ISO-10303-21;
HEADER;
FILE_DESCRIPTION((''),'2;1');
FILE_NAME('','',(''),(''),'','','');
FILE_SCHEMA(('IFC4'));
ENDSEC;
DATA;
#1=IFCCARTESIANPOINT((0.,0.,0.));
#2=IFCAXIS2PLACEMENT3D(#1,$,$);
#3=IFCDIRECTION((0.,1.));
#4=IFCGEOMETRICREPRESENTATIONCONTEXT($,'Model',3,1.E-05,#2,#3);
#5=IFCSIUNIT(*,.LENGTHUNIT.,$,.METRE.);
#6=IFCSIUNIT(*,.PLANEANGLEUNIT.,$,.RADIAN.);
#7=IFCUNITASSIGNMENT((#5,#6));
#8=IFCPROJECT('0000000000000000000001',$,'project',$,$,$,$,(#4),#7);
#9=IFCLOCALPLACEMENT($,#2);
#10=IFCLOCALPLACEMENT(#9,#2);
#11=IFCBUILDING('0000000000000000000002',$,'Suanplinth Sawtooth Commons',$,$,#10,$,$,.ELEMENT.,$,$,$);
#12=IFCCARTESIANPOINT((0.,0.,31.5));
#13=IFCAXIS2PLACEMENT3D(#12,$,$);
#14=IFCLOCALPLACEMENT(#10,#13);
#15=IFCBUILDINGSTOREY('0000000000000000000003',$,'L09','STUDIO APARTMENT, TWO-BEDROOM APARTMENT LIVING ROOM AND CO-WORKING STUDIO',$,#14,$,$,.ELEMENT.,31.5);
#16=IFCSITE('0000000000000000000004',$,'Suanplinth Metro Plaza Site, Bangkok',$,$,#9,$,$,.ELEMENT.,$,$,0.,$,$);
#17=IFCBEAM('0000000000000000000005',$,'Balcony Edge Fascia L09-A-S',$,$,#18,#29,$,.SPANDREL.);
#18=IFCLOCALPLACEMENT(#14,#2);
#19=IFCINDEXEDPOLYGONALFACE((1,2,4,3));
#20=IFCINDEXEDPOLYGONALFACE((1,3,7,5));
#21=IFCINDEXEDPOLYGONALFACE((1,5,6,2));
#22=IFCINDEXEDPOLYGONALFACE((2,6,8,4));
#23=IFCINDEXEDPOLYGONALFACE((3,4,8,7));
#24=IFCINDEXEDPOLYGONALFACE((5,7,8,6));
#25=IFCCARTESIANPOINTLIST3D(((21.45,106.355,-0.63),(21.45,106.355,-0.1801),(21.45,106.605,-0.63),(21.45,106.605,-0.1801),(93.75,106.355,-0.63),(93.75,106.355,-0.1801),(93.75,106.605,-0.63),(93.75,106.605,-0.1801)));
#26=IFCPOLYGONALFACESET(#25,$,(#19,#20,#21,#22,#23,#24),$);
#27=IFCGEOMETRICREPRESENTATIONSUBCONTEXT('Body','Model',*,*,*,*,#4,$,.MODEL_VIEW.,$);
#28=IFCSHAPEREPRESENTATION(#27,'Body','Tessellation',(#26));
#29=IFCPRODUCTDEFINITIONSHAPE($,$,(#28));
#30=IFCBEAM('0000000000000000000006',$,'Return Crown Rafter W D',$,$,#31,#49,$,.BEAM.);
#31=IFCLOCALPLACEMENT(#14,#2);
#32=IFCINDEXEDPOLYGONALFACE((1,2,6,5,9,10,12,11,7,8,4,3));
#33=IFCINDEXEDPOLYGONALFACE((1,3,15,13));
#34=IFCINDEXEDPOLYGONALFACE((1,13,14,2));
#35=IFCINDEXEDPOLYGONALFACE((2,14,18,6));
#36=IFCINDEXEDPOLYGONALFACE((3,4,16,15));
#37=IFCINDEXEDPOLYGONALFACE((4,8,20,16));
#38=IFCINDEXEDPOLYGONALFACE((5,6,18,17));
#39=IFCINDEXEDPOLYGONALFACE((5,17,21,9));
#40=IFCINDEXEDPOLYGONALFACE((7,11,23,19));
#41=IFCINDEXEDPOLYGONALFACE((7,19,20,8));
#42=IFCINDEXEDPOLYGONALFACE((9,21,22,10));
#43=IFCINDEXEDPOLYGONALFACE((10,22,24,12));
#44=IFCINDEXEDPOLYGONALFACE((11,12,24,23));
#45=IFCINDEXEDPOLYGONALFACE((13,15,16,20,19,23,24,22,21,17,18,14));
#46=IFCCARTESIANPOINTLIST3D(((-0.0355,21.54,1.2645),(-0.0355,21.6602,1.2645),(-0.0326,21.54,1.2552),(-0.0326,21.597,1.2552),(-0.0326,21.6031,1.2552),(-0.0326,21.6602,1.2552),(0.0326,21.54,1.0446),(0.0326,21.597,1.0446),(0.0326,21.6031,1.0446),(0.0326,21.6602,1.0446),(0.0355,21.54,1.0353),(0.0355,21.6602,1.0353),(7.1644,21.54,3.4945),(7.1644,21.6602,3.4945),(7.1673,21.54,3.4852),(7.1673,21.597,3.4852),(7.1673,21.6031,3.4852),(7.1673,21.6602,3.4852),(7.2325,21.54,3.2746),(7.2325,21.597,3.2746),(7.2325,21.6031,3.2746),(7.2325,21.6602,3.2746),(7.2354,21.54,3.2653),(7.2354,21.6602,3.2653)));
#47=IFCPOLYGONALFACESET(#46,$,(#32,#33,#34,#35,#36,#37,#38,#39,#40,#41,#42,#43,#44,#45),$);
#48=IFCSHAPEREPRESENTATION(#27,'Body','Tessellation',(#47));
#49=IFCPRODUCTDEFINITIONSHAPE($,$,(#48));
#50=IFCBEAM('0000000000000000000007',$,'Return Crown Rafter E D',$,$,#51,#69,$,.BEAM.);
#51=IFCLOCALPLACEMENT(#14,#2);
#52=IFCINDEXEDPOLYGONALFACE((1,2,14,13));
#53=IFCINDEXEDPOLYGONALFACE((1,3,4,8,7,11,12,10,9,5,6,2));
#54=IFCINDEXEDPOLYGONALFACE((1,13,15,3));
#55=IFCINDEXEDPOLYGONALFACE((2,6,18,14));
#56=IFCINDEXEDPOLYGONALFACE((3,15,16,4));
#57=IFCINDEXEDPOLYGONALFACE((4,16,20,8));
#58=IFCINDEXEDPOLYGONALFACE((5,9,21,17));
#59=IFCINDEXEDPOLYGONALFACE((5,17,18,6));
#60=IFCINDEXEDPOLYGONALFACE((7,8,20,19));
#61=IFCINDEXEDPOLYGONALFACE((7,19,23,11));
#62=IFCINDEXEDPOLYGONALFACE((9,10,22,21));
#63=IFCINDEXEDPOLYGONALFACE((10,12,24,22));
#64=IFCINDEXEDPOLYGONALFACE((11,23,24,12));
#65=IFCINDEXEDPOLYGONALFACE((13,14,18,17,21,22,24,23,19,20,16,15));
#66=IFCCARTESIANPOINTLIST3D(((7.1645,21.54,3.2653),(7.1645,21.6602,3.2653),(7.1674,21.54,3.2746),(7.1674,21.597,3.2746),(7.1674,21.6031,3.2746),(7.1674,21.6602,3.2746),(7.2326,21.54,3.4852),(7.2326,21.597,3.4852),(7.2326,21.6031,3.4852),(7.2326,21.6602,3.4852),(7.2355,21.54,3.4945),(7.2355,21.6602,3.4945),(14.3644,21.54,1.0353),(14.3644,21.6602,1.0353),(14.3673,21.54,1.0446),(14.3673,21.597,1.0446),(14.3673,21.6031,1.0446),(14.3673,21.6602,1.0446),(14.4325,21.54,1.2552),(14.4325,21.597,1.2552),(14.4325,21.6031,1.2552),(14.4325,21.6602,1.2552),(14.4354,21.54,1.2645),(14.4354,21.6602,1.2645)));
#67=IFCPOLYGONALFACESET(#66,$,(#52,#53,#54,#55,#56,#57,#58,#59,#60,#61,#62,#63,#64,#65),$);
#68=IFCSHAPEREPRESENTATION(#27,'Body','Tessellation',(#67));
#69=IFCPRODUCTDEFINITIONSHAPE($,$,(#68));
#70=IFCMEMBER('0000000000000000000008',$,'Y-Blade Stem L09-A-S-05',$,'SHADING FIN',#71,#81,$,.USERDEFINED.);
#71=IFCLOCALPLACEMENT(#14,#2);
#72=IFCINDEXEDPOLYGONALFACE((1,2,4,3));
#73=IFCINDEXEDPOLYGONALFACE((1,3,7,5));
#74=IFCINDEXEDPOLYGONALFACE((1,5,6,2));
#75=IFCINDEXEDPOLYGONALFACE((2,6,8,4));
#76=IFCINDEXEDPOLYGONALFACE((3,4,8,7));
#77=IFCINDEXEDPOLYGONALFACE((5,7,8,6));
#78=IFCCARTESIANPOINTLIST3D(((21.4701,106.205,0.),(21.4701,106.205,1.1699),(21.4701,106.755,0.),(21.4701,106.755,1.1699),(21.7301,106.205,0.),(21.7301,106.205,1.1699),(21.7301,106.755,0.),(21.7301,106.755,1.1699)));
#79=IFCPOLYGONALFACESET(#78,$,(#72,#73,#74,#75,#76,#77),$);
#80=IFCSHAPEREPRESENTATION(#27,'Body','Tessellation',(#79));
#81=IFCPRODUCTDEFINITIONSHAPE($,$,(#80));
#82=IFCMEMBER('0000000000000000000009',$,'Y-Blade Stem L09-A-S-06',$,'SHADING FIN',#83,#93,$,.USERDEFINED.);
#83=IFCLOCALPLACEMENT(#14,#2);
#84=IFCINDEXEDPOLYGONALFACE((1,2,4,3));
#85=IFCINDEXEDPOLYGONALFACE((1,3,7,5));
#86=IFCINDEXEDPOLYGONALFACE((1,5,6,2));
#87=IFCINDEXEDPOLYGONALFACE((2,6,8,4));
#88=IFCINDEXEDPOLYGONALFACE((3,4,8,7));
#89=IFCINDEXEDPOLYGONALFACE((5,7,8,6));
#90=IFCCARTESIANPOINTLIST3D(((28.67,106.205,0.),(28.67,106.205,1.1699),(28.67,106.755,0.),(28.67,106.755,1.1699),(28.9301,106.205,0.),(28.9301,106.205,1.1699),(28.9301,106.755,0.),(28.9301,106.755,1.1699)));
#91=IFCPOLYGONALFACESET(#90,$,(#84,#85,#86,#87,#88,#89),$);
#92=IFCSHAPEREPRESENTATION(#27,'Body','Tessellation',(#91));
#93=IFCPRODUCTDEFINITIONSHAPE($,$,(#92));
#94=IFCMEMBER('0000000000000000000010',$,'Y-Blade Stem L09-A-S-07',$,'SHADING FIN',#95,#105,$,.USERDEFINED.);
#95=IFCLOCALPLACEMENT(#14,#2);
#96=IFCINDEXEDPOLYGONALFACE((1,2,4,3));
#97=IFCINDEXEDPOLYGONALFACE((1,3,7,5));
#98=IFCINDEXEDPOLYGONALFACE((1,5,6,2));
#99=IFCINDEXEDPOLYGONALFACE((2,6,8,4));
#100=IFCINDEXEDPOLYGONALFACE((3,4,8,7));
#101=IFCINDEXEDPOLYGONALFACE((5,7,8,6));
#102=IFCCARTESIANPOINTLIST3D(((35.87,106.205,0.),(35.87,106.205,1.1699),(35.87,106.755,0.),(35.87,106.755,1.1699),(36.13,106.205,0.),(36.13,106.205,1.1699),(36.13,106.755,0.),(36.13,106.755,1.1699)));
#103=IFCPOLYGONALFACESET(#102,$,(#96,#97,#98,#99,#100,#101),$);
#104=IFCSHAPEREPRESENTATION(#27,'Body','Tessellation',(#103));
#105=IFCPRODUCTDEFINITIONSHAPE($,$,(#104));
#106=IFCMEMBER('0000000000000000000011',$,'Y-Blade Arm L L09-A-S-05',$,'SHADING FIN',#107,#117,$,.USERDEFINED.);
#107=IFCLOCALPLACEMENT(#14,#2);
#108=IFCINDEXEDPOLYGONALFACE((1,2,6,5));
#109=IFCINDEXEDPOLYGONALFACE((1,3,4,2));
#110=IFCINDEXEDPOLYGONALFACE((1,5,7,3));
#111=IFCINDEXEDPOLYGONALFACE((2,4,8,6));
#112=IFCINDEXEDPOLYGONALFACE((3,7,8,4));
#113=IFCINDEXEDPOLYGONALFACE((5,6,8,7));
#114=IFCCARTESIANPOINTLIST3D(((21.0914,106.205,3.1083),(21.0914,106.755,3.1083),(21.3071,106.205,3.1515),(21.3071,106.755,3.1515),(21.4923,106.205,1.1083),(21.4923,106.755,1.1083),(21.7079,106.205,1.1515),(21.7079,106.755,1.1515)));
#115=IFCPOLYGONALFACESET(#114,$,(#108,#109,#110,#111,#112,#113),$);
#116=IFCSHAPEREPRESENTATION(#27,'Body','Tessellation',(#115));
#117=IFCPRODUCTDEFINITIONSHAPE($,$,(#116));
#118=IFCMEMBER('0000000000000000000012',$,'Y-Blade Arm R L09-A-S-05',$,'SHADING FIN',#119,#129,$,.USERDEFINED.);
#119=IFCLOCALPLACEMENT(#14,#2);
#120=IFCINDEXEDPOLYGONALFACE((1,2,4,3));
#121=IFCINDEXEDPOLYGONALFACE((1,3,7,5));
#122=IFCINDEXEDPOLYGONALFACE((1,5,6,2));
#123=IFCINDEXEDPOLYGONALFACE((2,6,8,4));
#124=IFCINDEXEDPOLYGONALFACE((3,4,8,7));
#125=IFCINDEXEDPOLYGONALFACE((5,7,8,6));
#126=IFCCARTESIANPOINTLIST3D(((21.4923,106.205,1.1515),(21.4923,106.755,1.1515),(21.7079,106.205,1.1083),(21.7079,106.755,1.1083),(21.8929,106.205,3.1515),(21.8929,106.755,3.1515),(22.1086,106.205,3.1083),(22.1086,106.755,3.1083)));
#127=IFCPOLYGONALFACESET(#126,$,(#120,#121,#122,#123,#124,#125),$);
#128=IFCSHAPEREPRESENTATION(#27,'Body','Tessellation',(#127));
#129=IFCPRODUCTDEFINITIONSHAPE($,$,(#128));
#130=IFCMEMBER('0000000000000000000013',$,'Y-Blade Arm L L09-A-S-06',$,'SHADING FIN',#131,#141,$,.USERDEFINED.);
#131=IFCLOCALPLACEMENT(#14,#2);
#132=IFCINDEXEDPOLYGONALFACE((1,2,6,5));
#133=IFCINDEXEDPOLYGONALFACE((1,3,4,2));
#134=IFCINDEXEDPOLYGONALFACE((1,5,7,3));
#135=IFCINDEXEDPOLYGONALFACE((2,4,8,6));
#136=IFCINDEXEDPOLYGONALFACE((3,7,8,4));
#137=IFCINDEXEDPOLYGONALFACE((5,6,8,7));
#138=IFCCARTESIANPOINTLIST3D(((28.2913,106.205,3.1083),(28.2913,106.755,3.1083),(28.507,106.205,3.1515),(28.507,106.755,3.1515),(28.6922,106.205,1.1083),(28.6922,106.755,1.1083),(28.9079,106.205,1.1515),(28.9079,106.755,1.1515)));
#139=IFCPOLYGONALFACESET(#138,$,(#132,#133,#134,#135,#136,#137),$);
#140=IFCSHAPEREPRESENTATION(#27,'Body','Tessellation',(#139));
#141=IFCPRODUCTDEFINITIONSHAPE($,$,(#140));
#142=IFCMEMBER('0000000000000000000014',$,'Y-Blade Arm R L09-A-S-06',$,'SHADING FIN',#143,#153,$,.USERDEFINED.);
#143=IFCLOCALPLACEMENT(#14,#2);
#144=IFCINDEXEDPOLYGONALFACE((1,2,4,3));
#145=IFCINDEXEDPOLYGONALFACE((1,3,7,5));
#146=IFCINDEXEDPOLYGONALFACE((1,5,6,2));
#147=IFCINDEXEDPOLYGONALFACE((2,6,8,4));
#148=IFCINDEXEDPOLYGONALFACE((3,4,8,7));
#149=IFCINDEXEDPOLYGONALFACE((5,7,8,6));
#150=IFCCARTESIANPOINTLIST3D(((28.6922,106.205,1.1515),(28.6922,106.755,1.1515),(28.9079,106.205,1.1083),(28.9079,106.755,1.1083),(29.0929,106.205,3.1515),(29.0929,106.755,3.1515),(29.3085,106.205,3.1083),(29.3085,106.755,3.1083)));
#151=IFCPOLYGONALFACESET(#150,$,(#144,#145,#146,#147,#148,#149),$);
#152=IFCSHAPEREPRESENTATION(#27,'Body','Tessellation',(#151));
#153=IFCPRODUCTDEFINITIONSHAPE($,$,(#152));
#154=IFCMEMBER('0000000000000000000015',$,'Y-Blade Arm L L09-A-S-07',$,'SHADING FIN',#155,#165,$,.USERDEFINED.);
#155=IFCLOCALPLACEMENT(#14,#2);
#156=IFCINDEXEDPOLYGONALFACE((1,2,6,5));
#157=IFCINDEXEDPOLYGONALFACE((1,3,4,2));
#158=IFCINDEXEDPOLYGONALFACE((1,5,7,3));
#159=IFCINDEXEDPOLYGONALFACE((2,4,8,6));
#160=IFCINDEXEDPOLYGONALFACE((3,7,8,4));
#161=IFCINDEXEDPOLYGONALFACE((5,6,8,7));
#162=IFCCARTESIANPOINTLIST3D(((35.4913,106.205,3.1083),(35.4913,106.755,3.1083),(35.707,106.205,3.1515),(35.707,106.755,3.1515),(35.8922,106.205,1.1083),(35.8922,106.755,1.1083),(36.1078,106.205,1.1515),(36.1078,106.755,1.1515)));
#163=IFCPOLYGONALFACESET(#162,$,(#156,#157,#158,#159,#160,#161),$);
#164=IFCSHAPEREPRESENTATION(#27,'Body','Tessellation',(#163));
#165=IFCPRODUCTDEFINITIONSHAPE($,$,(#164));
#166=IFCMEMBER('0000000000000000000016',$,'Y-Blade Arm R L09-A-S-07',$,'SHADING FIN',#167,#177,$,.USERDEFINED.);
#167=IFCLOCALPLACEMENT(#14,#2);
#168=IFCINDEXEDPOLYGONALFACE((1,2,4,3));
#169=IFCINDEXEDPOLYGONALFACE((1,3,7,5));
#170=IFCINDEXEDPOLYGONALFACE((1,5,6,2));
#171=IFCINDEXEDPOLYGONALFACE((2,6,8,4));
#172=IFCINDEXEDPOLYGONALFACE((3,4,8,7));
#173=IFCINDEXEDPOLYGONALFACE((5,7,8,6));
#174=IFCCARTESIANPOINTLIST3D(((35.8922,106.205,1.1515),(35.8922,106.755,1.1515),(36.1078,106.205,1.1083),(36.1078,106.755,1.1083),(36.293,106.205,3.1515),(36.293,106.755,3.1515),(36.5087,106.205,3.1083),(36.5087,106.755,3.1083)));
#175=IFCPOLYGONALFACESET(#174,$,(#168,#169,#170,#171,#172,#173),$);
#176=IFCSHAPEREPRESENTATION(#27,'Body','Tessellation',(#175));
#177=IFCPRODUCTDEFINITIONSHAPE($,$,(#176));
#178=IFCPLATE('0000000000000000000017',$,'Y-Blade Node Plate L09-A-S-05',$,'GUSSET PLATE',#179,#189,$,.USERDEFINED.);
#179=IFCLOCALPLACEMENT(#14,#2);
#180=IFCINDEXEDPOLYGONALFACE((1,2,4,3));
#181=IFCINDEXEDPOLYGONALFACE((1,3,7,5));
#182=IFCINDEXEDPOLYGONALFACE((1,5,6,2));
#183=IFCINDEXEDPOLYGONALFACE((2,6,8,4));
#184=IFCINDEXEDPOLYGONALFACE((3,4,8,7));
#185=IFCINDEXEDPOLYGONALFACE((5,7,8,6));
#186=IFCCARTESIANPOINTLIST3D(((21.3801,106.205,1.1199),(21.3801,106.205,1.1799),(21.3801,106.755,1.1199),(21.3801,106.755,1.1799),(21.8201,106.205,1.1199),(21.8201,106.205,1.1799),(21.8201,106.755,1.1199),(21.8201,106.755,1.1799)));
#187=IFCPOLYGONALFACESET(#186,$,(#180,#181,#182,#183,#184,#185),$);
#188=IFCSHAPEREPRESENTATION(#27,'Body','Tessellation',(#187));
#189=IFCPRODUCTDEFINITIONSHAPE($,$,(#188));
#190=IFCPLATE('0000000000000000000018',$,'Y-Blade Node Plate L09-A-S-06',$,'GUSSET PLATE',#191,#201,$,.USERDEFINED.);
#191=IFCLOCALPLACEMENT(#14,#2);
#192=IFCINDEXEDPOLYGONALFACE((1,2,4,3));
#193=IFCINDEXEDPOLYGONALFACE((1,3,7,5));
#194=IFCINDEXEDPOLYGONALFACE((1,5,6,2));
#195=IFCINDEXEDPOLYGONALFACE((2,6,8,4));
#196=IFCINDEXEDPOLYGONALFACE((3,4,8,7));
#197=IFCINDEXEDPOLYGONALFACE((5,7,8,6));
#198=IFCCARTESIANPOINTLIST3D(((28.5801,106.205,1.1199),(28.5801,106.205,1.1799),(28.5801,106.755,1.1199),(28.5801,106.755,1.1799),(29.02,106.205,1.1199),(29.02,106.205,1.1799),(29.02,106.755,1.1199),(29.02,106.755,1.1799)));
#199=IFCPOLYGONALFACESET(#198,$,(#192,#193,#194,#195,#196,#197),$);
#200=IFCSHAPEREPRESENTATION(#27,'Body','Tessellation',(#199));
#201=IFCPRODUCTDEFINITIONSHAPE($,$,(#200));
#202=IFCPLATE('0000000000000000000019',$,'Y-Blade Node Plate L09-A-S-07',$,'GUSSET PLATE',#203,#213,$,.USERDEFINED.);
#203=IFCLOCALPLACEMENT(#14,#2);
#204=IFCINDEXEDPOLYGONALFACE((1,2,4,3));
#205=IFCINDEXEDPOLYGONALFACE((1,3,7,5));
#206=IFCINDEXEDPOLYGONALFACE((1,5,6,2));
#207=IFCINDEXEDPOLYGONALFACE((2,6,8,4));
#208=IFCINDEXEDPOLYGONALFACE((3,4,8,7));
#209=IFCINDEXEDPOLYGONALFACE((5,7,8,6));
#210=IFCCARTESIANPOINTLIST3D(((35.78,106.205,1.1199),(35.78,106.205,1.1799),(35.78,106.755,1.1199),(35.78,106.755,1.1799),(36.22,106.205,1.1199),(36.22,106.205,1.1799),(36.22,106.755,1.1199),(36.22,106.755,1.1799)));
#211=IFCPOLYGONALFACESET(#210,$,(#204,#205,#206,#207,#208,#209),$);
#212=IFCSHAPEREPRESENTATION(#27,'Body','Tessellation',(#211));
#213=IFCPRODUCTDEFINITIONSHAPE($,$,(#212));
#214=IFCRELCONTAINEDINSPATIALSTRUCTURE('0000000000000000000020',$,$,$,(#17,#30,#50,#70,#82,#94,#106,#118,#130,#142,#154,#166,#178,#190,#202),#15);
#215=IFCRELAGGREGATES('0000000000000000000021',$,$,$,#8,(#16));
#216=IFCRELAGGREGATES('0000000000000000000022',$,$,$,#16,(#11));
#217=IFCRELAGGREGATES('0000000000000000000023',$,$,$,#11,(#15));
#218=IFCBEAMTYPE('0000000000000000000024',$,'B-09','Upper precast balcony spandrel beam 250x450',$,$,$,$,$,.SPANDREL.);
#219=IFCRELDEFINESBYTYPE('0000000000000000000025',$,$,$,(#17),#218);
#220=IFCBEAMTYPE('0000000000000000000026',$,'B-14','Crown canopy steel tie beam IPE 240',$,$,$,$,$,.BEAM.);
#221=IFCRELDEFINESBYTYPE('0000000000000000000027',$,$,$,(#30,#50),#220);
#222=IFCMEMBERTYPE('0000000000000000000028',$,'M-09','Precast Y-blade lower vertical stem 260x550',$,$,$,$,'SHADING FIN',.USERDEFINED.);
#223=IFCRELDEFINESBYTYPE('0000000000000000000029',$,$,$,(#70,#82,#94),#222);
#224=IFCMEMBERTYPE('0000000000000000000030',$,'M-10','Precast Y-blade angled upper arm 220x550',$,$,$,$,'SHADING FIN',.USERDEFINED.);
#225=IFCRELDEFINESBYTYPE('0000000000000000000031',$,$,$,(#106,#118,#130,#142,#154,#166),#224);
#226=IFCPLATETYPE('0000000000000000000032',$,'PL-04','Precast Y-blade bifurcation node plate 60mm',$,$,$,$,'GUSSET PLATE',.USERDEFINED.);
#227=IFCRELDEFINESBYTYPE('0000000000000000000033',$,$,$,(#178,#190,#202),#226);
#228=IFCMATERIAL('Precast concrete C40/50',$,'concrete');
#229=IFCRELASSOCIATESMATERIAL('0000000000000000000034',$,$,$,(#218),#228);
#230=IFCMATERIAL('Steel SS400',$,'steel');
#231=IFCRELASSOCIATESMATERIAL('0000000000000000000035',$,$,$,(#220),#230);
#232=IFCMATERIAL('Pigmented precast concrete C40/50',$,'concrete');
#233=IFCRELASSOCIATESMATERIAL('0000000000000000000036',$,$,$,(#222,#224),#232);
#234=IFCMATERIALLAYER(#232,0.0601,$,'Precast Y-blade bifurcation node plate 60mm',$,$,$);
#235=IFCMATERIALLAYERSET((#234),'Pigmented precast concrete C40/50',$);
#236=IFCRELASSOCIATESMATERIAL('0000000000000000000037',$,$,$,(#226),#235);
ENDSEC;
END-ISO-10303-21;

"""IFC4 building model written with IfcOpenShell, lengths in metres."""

from ifc_helpers import new_model, si_unit, direction, frame, origin, origin_2d, place, context, subcontext, project, spatial, rectangle, i_section, extrude, material, layer, layer_set, material_profile, profile_set, type_object, element, save


model = new_model("IFC4")

# Units and contexts
model_context = context("Model", 3, precision=1e-05, world=origin(), true_north=direction((0.0, 1.0)))
body_context = subcontext(model_context, "Body", "Model", "MODEL_VIEW")
ifc_project = project(units=[si_unit("LENGTHUNIT", "METRE"), si_unit("PLANEANGLEUNIT", "RADIAN")], contexts=[model_context])

# Site, building, storey
site_placement = place(None, origin())
site = spatial("IfcSite", under=ifc_project, at=site_placement, Name="Suanplinth Metro Plaza Site, Bangkok", CompositionType="ELEMENT", RefElevation=0.0)
building_placement = place(site_placement, origin())
building = spatial("IfcBuilding", under=site, at=building_placement, Name="Suanplinth Sawtooth Commons", CompositionType="ELEMENT")
storey_placement = place(building_placement, frame((0.0, 0.0, 31.5)))
storey = spatial("IfcBuildingStorey", under=building, at=storey_placement, Name="L09", Description="STUDIO APARTMENT, TWO-BEDROOM APARTMENT LIVING ROOM AND CO-WORKING STUDIO", CompositionType="ELEMENT", Elevation=31.5)

# Beams
ifc_material_1 = material(Name="Precast concrete C40/50", Category="concrete")
ifc_material_profile_1 = material_profile(ifc_material_1, rectangle(XDim=0.25, YDim=0.45, at=origin_2d()), Name="PC-SP 250x450")
ifc_profile_set_1 = profile_set([ifc_material_profile_1], Name="Precast concrete C40/50")
beam_type_1 = type_object("IfcBeamType", Name="B-09", Description="Upper precast balcony spandrel beam 250x450", PredefinedType="SPANDREL", material=ifc_profile_set_1)
beam_placement = place(storey_placement, frame((21.45, 106.48, -0.405), z_axis=(1.0, 0.0, 0.0), x_axis=(0.0, 1.0, 0.0)))
element("IfcBeam", 1, at=beam_placement, inside=storey, type_object=beam_type_1, Name="Balcony Edge Fascia L09-A-S", PredefinedType="SPANDREL", context=body_context, shape_type="SweptSolid", body=[
    extrude(rectangle(XDim=0.25, YDim=0.45, at=origin_2d()), origin(), (0.0, 0.0, 1.0), 72.3),
])
ifc_material_2 = material(Name="Steel SS400", Category="steel")
ifc_material_profile_2 = material_profile(ifc_material_2, i_section(OverallWidth=0.1201, OverallDepth=0.24, WebThickness=0.0061, FlangeThickness=0.0098, at=origin_2d()), Name="IPE 240")
ifc_profile_set_2 = profile_set([ifc_material_profile_2], Name="Steel SS400")
beam_type_2 = type_object("IfcBeamType", Name="B-14", Description="Crown canopy steel tie beam IPE 240", PredefinedType="BEAM", material=ifc_profile_set_2)
for number, where, z_axis, x_axis, name in (
    (2, (0.0, 21.6001, 1.1499), (0.955233, 0.0, 0.295856), (0.0, 1.0, 0.0), "Return Crown Rafter W D"),
    (3, (14.3999, 21.6001, 1.1499), (-0.955233, 0.0, 0.295856), (0.0, -1.0, 0.0), "Return Crown Rafter E D"),
):
    element("IfcBeam", number, at=place(storey_placement, frame(where, z_axis=z_axis, x_axis=x_axis)), inside=storey, type_object=beam_type_2, Name=name, PredefinedType="BEAM", context=body_context, shape_type="SweptSolid", body=[
        extrude(i_section(OverallWidth=0.1201, OverallDepth=0.24, WebThickness=0.0061, FlangeThickness=0.0098, at=origin_2d()), origin(), (0.0, 0.0, 1.0), 7.5374),
    ])

# Members
ifc_material_3 = material(Name="Pigmented precast concrete C40/50", Category="concrete")
ifc_material_profile_3 = material_profile(ifc_material_3, rectangle(XDim=0.26, YDim=0.55, at=origin_2d()), Name="PC-FIN 260x550")
ifc_profile_set_3 = profile_set([ifc_material_profile_3], Name="Pigmented precast concrete C40/50")
member_type_1 = type_object("IfcMemberType", Name="M-09", Description="Precast Y-blade lower vertical stem 260x550", ElementType="SHADING FIN", PredefinedType="USERDEFINED", material=ifc_profile_set_3)
for number, where, z_axis, x_axis, name in (
    (4, (21.6001, 106.48, 0.0), (0.0, 0.0, 1.0), (1.0, 0.0, 0.0), "Y-Blade Stem L09-A-S-05"),
    (5, (28.8, 106.48, 0.0), (0.0, 0.0, 1.0), (1.0, 0.0, 0.0), "Y-Blade Stem L09-A-S-06"),
    (6, (36.0, 106.48, 0.0), (0.0, 0.0, 1.0), (1.0, 0.0, 0.0), "Y-Blade Stem L09-A-S-07"),
):
    element("IfcMember", number, at=place(storey_placement, frame(where, z_axis=z_axis, x_axis=x_axis)), inside=storey, type_object=member_type_1, Name=name, ObjectType="SHADING FIN", PredefinedType="USERDEFINED", context=body_context, shape_type="SweptSolid", body=[
        extrude(rectangle(XDim=0.26, YDim=0.55, at=origin_2d()), origin(), (0.0, 0.0, 1.0), 1.1699),
    ])
ifc_material_profile_4 = material_profile(ifc_material_3, rectangle(XDim=0.22, YDim=0.55, at=origin_2d()), Name="PC-FIN 220x550")
ifc_profile_set_4 = profile_set([ifc_material_profile_4], Name="Pigmented precast concrete C40/50")
member_type_2 = type_object("IfcMemberType", Name="M-10", Description="Precast Y-blade angled upper arm 220x550", ElementType="SHADING FIN", PredefinedType="USERDEFINED", material=ifc_profile_set_4)
for number, where, z_axis, x_axis, name in (
    (7, (21.6001, 106.48, 1.1299), (-0.19653, 0.0, 0.980498), (0.980498, 0.0, 0.19653), "Y-Blade Arm L L09-A-S-05"),
    (8, (21.6001, 106.48, 1.1299), (0.196415, 0.0, 0.980521), (-0.980521, 0.0, 0.196415), "Y-Blade Arm R L09-A-S-05"),
    (9, (28.8, 106.48, 1.1299), (-0.19653, 0.0, 0.980498), (0.980498, 0.0, 0.19653), "Y-Blade Arm L L09-A-S-06"),
    (10, (28.8, 106.48, 1.1299), (0.196415, 0.0, 0.980521), (-0.980521, 0.0, 0.196415), "Y-Blade Arm R L09-A-S-06"),
    (11, (36.0, 106.48, 1.1299), (-0.19653, 0.0, 0.980498), (0.980498, 0.0, 0.19653), "Y-Blade Arm L L09-A-S-07"),
    (12, (36.0, 106.48, 1.1299), (0.19653, 0.0, 0.980498), (-0.980498, 0.0, 0.19653), "Y-Blade Arm R L09-A-S-07"),
):
    element("IfcMember", number, at=place(storey_placement, frame(where, z_axis=z_axis, x_axis=x_axis)), inside=storey, type_object=member_type_2, Name=name, ObjectType="SHADING FIN", PredefinedType="USERDEFINED", context=body_context, shape_type="SweptSolid", body=[
        extrude(rectangle(XDim=0.22, YDim=0.55, at=origin_2d()), origin(), (0.0, 0.0, 1.0), 2.0398),
    ])

# Plates
ifc_layer_1 = layer(ifc_material_3, 0.0601, Name="Precast Y-blade bifurcation node plate 60mm")
ifc_layer_set_1 = layer_set([ifc_layer_1], Name="Pigmented precast concrete C40/50")
plate_type = type_object("IfcPlateType", Name="PL-04", Description="Precast Y-blade bifurcation node plate 60mm", ElementType="GUSSET PLATE", PredefinedType="USERDEFINED", material=ifc_layer_set_1)
for number, where, z_axis, x_axis, name in (
    (13, (21.6001, 106.48, 1.1199), (0.0, 0.0, 1.0), (1.0, 0.0, 0.0), "Y-Blade Node Plate L09-A-S-05"),
    (14, (28.8, 106.48, 1.1199), (0.0, 0.0, 1.0), (1.0, 0.0, 0.0), "Y-Blade Node Plate L09-A-S-06"),
    (15, (36.0, 106.48, 1.1199), (0.0, 0.0, 1.0), (1.0, 0.0, 0.0), "Y-Blade Node Plate L09-A-S-07"),
):
    element("IfcPlate", number, at=place(storey_placement, frame(where, z_axis=z_axis, x_axis=x_axis)), inside=storey, type_object=plate_type, Name=name, ObjectType="GUSSET PLATE", PredefinedType="USERDEFINED", context=body_context, shape_type="SweptSolid", body=[
        extrude(rectangle(XDim=0.4399, YDim=0.55, at=origin_2d()), origin(), (0.0, 0.0, 1.0), 0.0601),
    ])

save(model, "model.ifc")
